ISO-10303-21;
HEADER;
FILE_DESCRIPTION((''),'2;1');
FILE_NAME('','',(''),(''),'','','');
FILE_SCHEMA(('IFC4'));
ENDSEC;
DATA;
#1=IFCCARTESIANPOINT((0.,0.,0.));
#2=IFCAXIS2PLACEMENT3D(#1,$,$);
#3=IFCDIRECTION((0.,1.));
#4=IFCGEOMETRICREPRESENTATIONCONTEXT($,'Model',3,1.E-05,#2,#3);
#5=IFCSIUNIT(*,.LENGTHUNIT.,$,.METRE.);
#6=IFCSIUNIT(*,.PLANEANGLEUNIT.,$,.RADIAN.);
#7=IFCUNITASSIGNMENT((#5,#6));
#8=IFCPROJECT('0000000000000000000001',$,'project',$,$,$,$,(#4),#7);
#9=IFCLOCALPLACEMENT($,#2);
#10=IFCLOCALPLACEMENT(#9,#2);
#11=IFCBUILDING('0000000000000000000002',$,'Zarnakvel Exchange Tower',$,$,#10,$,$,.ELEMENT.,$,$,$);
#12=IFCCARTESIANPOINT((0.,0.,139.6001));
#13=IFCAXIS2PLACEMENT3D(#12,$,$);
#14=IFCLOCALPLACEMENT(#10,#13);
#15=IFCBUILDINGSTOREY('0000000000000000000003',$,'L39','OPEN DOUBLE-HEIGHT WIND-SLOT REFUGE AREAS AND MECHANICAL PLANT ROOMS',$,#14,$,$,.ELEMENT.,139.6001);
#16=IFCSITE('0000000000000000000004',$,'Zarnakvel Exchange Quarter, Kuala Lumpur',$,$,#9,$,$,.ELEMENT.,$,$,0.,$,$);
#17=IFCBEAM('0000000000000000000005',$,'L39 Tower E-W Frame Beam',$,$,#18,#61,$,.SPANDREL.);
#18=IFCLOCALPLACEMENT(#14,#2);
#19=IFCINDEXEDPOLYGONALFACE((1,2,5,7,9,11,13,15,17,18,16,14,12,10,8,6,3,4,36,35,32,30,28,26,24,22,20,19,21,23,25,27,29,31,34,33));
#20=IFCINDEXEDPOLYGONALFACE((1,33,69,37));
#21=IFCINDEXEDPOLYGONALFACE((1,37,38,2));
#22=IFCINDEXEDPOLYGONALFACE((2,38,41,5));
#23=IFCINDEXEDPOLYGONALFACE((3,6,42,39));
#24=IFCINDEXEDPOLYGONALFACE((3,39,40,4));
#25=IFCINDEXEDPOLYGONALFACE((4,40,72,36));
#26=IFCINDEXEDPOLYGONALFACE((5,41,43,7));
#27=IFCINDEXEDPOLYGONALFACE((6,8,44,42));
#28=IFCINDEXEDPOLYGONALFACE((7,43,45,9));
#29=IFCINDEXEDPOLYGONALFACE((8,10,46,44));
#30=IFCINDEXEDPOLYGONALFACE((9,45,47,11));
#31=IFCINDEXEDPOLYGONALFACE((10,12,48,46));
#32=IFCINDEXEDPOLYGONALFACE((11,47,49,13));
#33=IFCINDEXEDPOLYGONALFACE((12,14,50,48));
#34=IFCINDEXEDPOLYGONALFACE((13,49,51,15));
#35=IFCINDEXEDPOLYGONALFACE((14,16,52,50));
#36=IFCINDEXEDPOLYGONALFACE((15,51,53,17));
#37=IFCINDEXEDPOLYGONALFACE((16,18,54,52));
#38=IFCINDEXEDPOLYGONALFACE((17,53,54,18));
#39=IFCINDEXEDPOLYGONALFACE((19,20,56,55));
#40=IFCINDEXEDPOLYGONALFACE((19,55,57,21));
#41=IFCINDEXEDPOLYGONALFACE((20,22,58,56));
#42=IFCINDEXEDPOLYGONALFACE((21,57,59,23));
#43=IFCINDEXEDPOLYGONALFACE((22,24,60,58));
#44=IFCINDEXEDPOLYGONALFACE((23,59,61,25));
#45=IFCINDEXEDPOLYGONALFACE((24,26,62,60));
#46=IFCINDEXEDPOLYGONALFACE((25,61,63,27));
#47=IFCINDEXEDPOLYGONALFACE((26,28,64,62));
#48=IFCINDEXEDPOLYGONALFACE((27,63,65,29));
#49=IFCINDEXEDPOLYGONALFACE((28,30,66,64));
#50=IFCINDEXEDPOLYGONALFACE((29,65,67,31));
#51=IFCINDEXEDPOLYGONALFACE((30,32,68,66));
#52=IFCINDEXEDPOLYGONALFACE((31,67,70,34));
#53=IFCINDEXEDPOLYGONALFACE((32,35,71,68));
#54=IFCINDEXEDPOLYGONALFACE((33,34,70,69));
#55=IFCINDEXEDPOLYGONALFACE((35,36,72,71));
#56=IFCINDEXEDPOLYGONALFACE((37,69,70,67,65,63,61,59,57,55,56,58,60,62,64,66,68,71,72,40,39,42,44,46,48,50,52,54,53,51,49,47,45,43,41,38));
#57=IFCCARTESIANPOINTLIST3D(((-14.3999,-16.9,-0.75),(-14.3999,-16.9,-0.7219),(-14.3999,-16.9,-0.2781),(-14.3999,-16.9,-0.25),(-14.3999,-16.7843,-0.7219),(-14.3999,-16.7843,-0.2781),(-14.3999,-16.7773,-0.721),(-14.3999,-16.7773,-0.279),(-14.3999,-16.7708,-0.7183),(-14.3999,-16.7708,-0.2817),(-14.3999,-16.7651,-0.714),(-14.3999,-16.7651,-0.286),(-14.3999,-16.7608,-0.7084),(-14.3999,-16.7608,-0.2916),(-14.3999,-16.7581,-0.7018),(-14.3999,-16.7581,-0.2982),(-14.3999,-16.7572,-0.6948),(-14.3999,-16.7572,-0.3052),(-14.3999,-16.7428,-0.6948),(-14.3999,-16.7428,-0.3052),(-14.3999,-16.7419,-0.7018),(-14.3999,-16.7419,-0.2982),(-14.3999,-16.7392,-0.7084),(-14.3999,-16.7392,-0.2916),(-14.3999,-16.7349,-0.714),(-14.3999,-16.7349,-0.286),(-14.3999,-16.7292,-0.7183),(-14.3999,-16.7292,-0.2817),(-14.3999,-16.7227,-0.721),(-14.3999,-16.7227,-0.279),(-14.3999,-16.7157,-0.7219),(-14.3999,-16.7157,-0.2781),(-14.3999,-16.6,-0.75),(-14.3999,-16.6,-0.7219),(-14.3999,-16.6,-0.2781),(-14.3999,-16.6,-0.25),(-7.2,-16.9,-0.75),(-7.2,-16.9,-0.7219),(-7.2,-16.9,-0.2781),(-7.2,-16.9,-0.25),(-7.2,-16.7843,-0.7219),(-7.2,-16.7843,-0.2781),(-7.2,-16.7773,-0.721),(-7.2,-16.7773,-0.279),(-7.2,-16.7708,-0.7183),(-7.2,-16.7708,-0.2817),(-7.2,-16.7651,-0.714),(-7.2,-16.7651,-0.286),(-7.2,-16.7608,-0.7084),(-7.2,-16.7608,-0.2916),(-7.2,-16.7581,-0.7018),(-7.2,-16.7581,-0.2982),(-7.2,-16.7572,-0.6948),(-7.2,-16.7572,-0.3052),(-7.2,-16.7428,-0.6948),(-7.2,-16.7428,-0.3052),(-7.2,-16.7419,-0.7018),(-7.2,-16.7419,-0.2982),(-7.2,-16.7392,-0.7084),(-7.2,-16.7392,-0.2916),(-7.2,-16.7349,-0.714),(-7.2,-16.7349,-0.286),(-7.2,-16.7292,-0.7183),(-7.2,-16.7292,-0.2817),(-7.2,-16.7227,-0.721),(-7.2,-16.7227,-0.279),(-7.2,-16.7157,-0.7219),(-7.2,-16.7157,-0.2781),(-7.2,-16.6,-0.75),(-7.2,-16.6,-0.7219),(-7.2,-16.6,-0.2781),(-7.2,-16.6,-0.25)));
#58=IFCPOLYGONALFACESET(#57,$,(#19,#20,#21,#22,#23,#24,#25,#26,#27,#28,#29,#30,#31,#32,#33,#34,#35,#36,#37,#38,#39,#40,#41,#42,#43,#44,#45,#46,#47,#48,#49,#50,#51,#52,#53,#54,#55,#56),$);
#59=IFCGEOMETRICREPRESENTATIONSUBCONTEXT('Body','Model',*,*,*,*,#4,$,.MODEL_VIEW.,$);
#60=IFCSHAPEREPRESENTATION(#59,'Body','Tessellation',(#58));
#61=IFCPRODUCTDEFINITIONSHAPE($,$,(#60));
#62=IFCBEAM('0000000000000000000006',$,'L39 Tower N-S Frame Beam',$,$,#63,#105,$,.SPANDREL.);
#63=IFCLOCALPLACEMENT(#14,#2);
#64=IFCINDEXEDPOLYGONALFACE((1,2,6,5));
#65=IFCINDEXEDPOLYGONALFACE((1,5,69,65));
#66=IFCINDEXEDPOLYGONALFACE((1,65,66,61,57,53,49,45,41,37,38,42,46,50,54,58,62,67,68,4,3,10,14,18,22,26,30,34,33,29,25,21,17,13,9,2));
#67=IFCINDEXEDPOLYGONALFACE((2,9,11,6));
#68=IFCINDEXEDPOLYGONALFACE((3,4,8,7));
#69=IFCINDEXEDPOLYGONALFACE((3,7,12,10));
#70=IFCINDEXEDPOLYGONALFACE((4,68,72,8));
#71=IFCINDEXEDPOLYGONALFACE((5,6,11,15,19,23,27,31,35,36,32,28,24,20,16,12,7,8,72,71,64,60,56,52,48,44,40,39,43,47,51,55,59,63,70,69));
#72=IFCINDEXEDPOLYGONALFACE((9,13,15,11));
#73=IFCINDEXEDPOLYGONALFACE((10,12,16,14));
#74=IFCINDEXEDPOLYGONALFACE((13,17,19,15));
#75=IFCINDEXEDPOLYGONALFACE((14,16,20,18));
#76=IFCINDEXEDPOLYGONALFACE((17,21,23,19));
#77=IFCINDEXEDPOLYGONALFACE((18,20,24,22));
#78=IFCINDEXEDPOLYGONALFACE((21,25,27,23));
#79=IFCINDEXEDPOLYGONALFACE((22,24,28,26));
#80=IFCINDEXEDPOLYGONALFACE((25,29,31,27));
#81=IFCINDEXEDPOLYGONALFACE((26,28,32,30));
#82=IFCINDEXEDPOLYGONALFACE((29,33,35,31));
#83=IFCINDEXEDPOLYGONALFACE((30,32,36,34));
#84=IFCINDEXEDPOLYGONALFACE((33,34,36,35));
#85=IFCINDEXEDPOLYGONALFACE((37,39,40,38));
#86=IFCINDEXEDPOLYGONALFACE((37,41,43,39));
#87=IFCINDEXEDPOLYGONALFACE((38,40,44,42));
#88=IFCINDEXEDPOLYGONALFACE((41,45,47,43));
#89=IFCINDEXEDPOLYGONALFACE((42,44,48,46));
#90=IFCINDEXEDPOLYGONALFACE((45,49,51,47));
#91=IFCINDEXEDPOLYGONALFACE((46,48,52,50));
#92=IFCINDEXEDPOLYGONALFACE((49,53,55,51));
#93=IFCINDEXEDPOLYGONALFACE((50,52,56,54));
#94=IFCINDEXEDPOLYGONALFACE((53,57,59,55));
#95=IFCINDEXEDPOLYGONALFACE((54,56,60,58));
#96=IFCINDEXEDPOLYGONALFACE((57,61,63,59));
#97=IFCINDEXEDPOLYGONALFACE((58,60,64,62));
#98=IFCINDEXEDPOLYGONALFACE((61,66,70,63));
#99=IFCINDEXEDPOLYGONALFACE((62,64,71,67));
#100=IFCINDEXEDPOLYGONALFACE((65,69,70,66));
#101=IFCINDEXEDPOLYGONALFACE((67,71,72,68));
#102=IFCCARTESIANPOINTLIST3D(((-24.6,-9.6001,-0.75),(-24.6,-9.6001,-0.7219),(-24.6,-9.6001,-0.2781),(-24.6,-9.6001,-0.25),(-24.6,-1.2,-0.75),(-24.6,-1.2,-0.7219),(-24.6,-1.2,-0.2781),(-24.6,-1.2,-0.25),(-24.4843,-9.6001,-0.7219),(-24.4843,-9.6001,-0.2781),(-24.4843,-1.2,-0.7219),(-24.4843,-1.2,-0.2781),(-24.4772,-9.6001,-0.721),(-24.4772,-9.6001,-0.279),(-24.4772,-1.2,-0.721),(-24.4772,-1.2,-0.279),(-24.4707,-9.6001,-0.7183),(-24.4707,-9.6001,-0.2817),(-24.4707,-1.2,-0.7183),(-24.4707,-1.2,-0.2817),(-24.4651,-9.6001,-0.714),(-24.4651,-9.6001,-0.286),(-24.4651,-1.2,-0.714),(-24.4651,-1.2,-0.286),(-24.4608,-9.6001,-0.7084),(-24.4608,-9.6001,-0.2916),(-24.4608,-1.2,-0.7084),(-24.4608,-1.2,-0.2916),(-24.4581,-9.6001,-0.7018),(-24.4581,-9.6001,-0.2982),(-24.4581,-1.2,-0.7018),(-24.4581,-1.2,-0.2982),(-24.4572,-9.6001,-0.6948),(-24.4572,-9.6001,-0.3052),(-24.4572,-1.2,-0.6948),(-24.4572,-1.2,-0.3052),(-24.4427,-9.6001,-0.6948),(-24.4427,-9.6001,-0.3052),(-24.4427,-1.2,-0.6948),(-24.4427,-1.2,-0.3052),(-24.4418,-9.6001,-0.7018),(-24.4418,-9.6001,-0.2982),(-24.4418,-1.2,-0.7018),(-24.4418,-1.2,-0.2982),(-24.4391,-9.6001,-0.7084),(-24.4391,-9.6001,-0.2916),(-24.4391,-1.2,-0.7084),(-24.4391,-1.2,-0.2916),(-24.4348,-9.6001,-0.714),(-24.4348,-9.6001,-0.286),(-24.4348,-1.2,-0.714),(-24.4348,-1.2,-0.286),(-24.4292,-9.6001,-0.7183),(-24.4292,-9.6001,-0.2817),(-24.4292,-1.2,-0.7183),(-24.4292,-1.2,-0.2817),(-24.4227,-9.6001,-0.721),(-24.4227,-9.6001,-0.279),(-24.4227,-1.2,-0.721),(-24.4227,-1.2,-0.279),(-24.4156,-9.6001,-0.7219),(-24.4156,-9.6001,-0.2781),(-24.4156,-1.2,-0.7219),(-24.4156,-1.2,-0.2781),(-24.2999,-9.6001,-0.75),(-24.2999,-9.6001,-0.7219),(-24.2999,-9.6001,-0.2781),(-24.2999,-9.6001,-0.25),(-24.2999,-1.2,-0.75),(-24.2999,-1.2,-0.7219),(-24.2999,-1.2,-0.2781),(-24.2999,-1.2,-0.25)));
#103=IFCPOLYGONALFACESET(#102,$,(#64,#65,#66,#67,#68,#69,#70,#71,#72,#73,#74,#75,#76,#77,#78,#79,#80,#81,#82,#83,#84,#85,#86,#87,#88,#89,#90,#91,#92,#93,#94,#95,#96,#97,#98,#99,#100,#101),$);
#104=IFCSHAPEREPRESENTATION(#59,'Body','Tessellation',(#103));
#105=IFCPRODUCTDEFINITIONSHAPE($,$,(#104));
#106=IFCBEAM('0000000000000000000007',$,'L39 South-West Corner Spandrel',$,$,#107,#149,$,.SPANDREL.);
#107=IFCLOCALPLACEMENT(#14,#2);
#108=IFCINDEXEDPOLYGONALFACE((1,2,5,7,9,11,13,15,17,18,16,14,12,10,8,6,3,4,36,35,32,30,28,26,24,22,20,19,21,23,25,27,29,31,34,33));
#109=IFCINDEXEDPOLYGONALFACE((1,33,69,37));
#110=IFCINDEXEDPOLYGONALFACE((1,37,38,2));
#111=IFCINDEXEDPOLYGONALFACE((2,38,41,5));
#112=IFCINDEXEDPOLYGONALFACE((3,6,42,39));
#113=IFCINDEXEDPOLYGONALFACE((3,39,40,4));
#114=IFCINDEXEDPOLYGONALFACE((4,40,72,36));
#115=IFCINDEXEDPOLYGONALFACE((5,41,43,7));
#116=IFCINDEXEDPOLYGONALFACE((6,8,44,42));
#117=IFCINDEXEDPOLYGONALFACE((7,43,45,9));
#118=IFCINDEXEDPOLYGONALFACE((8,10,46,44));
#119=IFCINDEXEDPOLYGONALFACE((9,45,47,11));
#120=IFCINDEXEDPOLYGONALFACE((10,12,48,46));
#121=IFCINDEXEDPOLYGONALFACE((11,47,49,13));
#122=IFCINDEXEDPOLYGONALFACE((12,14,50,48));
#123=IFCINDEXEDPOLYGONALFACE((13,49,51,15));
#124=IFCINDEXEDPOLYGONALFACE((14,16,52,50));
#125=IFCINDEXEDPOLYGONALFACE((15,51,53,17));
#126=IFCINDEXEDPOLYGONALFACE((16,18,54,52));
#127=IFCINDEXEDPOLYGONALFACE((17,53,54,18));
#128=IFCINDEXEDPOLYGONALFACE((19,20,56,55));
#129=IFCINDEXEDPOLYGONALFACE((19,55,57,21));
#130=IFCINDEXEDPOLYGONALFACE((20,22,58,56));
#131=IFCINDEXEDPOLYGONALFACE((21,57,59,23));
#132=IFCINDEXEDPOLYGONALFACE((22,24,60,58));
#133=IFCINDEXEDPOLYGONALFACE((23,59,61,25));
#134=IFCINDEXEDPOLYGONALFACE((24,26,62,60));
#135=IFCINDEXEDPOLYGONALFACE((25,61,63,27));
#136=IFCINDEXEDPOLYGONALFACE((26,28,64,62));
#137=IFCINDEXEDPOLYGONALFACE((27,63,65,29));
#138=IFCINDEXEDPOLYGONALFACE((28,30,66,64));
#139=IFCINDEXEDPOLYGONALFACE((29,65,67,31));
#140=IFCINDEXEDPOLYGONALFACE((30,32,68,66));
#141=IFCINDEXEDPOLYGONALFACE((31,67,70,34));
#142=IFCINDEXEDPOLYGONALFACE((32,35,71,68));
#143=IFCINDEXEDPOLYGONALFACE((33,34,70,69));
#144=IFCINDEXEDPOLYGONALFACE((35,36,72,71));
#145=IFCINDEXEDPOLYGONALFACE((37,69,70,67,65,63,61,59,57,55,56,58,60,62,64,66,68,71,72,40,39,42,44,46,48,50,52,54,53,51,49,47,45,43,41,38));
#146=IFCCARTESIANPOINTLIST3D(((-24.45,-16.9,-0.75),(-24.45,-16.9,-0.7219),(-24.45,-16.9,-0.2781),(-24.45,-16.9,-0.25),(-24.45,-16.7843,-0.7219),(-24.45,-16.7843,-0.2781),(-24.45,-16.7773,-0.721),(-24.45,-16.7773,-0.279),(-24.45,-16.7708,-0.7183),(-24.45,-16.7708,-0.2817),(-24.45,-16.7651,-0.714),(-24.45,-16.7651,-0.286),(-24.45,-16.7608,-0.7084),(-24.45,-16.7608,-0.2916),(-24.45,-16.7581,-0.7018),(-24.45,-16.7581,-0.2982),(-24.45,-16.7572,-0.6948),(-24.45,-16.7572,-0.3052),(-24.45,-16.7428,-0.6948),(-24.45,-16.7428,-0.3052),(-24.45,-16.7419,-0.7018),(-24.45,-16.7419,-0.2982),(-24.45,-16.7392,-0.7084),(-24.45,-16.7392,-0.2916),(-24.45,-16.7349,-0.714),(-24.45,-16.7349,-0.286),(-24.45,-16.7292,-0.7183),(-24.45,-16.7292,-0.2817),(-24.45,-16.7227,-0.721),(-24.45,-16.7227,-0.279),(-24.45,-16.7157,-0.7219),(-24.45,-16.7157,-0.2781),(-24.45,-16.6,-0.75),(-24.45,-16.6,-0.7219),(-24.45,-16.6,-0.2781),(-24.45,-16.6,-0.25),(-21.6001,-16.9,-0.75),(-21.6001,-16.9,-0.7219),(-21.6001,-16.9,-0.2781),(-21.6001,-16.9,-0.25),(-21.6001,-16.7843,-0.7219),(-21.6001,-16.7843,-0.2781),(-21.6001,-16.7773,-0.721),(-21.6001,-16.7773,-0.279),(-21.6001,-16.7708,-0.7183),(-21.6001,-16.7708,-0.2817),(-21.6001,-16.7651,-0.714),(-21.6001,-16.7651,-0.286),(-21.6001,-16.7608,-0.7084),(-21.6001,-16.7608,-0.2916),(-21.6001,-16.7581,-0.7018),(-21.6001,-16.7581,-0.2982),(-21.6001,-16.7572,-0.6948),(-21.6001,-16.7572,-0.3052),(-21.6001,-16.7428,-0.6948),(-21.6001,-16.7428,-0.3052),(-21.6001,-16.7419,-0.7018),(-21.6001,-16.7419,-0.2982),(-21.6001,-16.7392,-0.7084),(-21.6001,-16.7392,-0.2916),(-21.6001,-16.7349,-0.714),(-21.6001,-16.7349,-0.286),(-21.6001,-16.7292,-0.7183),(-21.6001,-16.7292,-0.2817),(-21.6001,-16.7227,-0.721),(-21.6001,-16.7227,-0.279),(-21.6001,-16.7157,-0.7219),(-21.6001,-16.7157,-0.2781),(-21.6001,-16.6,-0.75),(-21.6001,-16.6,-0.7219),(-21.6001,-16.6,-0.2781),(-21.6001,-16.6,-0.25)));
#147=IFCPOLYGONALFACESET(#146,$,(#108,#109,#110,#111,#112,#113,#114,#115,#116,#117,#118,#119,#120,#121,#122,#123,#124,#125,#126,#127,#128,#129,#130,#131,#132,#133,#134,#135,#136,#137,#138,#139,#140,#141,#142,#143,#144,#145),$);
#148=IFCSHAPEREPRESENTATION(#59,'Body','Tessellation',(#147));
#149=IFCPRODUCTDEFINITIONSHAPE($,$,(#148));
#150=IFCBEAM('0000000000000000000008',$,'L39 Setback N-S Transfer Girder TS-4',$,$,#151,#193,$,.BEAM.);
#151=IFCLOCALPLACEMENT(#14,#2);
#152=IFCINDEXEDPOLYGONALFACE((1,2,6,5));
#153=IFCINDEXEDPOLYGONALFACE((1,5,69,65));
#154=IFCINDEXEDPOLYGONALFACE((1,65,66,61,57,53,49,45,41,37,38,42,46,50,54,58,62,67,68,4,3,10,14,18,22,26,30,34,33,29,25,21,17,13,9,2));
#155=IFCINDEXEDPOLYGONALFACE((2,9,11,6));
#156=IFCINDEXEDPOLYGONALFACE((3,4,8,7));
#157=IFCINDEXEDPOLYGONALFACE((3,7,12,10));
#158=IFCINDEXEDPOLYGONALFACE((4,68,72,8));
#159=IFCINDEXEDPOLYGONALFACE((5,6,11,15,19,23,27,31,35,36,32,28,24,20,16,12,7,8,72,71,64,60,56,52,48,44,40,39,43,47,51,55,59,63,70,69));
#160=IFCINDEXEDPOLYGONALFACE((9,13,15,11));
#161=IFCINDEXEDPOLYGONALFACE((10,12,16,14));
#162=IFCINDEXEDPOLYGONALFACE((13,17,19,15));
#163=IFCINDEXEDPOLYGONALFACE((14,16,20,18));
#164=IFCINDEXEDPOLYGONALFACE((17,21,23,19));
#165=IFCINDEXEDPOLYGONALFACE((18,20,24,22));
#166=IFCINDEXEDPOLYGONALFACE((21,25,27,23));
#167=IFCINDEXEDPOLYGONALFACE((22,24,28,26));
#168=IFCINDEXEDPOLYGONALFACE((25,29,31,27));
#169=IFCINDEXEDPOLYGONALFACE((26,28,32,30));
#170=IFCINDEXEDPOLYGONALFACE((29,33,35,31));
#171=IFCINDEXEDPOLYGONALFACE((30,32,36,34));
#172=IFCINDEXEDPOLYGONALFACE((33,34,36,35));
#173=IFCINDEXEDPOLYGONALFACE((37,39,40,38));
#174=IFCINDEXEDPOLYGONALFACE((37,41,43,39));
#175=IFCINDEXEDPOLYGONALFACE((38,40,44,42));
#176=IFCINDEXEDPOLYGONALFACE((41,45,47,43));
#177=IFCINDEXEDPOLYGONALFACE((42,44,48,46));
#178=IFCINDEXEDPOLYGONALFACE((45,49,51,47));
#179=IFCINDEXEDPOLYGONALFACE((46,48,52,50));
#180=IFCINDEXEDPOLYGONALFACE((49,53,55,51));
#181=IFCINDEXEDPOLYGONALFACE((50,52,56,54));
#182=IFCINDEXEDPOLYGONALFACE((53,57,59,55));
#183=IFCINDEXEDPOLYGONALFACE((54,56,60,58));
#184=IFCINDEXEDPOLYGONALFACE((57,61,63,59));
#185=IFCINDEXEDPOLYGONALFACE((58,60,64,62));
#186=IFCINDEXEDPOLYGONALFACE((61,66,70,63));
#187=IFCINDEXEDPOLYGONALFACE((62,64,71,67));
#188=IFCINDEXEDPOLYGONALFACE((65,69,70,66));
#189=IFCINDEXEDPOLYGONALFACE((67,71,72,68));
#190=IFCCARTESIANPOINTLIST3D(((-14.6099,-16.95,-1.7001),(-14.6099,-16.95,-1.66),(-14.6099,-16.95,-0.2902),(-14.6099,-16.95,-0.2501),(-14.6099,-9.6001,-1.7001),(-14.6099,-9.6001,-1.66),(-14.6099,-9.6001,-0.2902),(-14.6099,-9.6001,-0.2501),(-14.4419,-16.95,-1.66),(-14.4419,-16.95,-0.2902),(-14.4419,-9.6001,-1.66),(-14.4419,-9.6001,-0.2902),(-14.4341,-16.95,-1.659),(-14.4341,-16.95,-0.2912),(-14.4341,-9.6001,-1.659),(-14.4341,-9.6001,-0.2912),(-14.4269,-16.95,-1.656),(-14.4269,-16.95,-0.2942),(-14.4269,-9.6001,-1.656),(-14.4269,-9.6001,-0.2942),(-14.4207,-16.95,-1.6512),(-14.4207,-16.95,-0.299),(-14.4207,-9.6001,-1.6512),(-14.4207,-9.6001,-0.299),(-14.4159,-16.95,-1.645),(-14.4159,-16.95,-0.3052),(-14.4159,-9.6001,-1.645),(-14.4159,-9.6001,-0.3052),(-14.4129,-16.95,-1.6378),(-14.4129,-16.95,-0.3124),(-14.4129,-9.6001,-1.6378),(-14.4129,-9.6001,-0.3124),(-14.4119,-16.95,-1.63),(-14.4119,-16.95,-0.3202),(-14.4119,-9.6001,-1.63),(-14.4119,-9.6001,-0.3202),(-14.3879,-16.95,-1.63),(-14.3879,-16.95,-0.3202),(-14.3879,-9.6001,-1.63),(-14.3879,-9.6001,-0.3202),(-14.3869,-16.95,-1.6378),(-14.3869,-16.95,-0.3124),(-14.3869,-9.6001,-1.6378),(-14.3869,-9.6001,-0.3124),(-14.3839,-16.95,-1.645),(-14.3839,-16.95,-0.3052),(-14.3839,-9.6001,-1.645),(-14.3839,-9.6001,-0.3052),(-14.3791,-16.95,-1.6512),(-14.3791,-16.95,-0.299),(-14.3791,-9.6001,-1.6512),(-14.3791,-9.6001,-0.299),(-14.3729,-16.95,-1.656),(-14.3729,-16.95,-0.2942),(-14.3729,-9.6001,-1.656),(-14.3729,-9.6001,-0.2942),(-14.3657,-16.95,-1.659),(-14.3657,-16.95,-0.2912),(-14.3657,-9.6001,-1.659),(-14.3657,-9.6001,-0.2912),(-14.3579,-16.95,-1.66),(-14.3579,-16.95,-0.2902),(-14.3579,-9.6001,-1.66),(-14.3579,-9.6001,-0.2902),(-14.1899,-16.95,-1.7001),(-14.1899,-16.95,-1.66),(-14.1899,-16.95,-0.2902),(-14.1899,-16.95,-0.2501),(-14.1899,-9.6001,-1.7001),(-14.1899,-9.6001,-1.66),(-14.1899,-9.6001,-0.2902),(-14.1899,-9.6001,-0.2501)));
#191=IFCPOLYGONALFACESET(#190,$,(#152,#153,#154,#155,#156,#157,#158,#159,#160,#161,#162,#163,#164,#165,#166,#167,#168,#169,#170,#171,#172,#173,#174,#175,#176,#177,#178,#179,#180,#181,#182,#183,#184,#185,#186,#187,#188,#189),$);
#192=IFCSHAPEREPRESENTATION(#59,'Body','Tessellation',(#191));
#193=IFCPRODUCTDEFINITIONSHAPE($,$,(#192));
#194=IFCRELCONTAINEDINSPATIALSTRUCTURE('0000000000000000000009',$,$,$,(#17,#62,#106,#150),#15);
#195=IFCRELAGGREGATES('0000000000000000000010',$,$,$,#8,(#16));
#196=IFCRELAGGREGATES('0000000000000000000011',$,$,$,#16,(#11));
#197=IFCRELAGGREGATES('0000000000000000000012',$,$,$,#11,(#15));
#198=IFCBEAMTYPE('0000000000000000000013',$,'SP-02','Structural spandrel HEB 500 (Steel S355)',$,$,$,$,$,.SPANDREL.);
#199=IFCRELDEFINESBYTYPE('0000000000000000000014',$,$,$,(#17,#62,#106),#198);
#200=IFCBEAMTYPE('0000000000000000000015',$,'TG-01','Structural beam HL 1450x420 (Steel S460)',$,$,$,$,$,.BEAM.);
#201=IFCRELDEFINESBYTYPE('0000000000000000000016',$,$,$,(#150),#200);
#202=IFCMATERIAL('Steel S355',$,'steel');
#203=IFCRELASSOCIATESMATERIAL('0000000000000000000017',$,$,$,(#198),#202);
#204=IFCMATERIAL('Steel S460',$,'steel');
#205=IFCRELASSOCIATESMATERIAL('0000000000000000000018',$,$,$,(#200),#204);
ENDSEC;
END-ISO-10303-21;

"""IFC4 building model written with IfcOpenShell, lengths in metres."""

from ifc_helpers import new_model, si_unit, direction, frame, origin, origin_2d, place, context, subcontext, project, spatial, i_section, extrude, material, material_profile, profile_set, type_object, element, save


model = new_model("IFC4")

# Units and contexts
model_context = context("Model", 3, precision=1e-05, world=origin(), true_north=direction((0.0, 1.0)))
body_context = subcontext(model_context, "Body", "Model", "MODEL_VIEW")
ifc_project = project(units=[si_unit("LENGTHUNIT", "METRE"), si_unit("PLANEANGLEUNIT", "RADIAN")], contexts=[model_context])

# Site, building, storey
site_placement = place(None, origin())
site = spatial("IfcSite", under=ifc_project, at=site_placement, Name="Zarnakvel Exchange Quarter, Kuala Lumpur", CompositionType="ELEMENT", RefElevation=0.0)
building_placement = place(site_placement, origin())
building = spatial("IfcBuilding", under=site, at=building_placement, Name="Zarnakvel Exchange Tower", CompositionType="ELEMENT")
storey_placement = place(building_placement, frame((0.0, 0.0, 139.6001)))
storey = spatial("IfcBuildingStorey", under=building, at=storey_placement, Name="L39", Description="OPEN DOUBLE-HEIGHT WIND-SLOT REFUGE AREAS AND MECHANICAL PLANT ROOMS", CompositionType="ELEMENT", Elevation=139.6001)

# Shared definitions
ifc_material_1 = material(Name="Steel S355", Category="steel")

# Beams
ifc_material_profile_1 = material_profile(ifc_material_1, i_section(OverallWidth=0.3, OverallDepth=0.5, WebThickness=0.0144, FlangeThickness=0.0281, FilletRadius=0.0271, at=origin_2d()))
ifc_profile_set_1 = profile_set([ifc_material_profile_1], Name="Steel S355")
beam_type_1 = type_object("IfcBeamType", Name="SP-02", Description="Structural spandrel HEB 500 (Steel S355)", PredefinedType="SPANDREL", material=ifc_profile_set_1)
beam_1_placement = place(storey_placement, frame((-14.3999, -16.75, -0.5), z_axis=(1.0, 0.0, 0.0), x_axis=(0.0, 1.0, 0.0)))
element("IfcBeam", 1, at=beam_1_placement, inside=storey, type_object=beam_type_1, Name="L39 Tower E-W Frame Beam", PredefinedType="SPANDREL", context=body_context, shape_type="SweptSolid", body=[
    extrude(i_section(OverallWidth=0.3, OverallDepth=0.5, WebThickness=0.0144, FlangeThickness=0.0281, FilletRadius=0.0271, at=origin_2d()), origin(), (0.0, 0.0, 1.0), 7.2),
])
beam_2_placement = place(storey_placement, frame((-24.45, -9.6001, -0.5), z_axis=(0.0, 1.0, 0.0), x_axis=(-1.0, 0.0, 0.0)))
element("IfcBeam", 2, at=beam_2_placement, inside=storey, type_object=beam_type_1, Name="L39 Tower N-S Frame Beam", PredefinedType="SPANDREL", context=body_context, shape_type="SweptSolid", body=[
    extrude(i_section(OverallWidth=0.3, OverallDepth=0.5, WebThickness=0.0144, FlangeThickness=0.0281, FilletRadius=0.0271, at=origin_2d()), origin(), (0.0, 0.0, 1.0), 8.4001),
])
beam_3_placement = place(storey_placement, frame((-24.45, -16.75, -0.5), z_axis=(1.0, 0.0, 0.0), x_axis=(0.0, 1.0, 0.0)))
element("IfcBeam", 3, at=beam_3_placement, inside=storey, type_object=beam_type_1, Name="L39 South-West Corner Spandrel", PredefinedType="SPANDREL", context=body_context, shape_type="SweptSolid", body=[
    extrude(i_section(OverallWidth=0.3, OverallDepth=0.5, WebThickness=0.0144, FlangeThickness=0.0281, FilletRadius=0.0271, at=origin_2d()), origin(), (0.0, 0.0, 1.0), 2.8499),
])
ifc_material_2 = material(Name="Steel S460", Category="steel")
ifc_material_profile_2 = material_profile(ifc_material_2, i_section(OverallWidth=0.4199, OverallDepth=1.45, WebThickness=0.0239, FlangeThickness=0.04, FilletRadius=0.03, at=origin_2d()))
ifc_profile_set_2 = profile_set([ifc_material_profile_2], Name="Steel S460")
beam_type_2 = type_object("IfcBeamType", Name="TG-01", Description="Structural beam HL 1450x420 (Steel S460)", PredefinedType="BEAM", material=ifc_profile_set_2)
for number, where, z_axis, x_axis, name in (
    (4, (-14.3999, -16.95, -0.9751), (0.0, 1.0, 0.0), (-1.0, 0.0, 0.0), "L39 Setback N-S Transfer Girder TS-4"),
):
    element("IfcBeam", number, at=place(storey_placement, frame(where, z_axis=z_axis, x_axis=x_axis)), inside=storey, type_object=beam_type_2, Name=name, PredefinedType="BEAM", context=body_context, shape_type="SweptSolid", body=[
        extrude(i_section(OverallWidth=0.4199, OverallDepth=1.45, WebThickness=0.0239, FlangeThickness=0.04, FilletRadius=0.03, at=origin_2d()), origin(), (0.0, 0.0, 1.0), 7.3499),
    ])

save(model, "model.ifc")
